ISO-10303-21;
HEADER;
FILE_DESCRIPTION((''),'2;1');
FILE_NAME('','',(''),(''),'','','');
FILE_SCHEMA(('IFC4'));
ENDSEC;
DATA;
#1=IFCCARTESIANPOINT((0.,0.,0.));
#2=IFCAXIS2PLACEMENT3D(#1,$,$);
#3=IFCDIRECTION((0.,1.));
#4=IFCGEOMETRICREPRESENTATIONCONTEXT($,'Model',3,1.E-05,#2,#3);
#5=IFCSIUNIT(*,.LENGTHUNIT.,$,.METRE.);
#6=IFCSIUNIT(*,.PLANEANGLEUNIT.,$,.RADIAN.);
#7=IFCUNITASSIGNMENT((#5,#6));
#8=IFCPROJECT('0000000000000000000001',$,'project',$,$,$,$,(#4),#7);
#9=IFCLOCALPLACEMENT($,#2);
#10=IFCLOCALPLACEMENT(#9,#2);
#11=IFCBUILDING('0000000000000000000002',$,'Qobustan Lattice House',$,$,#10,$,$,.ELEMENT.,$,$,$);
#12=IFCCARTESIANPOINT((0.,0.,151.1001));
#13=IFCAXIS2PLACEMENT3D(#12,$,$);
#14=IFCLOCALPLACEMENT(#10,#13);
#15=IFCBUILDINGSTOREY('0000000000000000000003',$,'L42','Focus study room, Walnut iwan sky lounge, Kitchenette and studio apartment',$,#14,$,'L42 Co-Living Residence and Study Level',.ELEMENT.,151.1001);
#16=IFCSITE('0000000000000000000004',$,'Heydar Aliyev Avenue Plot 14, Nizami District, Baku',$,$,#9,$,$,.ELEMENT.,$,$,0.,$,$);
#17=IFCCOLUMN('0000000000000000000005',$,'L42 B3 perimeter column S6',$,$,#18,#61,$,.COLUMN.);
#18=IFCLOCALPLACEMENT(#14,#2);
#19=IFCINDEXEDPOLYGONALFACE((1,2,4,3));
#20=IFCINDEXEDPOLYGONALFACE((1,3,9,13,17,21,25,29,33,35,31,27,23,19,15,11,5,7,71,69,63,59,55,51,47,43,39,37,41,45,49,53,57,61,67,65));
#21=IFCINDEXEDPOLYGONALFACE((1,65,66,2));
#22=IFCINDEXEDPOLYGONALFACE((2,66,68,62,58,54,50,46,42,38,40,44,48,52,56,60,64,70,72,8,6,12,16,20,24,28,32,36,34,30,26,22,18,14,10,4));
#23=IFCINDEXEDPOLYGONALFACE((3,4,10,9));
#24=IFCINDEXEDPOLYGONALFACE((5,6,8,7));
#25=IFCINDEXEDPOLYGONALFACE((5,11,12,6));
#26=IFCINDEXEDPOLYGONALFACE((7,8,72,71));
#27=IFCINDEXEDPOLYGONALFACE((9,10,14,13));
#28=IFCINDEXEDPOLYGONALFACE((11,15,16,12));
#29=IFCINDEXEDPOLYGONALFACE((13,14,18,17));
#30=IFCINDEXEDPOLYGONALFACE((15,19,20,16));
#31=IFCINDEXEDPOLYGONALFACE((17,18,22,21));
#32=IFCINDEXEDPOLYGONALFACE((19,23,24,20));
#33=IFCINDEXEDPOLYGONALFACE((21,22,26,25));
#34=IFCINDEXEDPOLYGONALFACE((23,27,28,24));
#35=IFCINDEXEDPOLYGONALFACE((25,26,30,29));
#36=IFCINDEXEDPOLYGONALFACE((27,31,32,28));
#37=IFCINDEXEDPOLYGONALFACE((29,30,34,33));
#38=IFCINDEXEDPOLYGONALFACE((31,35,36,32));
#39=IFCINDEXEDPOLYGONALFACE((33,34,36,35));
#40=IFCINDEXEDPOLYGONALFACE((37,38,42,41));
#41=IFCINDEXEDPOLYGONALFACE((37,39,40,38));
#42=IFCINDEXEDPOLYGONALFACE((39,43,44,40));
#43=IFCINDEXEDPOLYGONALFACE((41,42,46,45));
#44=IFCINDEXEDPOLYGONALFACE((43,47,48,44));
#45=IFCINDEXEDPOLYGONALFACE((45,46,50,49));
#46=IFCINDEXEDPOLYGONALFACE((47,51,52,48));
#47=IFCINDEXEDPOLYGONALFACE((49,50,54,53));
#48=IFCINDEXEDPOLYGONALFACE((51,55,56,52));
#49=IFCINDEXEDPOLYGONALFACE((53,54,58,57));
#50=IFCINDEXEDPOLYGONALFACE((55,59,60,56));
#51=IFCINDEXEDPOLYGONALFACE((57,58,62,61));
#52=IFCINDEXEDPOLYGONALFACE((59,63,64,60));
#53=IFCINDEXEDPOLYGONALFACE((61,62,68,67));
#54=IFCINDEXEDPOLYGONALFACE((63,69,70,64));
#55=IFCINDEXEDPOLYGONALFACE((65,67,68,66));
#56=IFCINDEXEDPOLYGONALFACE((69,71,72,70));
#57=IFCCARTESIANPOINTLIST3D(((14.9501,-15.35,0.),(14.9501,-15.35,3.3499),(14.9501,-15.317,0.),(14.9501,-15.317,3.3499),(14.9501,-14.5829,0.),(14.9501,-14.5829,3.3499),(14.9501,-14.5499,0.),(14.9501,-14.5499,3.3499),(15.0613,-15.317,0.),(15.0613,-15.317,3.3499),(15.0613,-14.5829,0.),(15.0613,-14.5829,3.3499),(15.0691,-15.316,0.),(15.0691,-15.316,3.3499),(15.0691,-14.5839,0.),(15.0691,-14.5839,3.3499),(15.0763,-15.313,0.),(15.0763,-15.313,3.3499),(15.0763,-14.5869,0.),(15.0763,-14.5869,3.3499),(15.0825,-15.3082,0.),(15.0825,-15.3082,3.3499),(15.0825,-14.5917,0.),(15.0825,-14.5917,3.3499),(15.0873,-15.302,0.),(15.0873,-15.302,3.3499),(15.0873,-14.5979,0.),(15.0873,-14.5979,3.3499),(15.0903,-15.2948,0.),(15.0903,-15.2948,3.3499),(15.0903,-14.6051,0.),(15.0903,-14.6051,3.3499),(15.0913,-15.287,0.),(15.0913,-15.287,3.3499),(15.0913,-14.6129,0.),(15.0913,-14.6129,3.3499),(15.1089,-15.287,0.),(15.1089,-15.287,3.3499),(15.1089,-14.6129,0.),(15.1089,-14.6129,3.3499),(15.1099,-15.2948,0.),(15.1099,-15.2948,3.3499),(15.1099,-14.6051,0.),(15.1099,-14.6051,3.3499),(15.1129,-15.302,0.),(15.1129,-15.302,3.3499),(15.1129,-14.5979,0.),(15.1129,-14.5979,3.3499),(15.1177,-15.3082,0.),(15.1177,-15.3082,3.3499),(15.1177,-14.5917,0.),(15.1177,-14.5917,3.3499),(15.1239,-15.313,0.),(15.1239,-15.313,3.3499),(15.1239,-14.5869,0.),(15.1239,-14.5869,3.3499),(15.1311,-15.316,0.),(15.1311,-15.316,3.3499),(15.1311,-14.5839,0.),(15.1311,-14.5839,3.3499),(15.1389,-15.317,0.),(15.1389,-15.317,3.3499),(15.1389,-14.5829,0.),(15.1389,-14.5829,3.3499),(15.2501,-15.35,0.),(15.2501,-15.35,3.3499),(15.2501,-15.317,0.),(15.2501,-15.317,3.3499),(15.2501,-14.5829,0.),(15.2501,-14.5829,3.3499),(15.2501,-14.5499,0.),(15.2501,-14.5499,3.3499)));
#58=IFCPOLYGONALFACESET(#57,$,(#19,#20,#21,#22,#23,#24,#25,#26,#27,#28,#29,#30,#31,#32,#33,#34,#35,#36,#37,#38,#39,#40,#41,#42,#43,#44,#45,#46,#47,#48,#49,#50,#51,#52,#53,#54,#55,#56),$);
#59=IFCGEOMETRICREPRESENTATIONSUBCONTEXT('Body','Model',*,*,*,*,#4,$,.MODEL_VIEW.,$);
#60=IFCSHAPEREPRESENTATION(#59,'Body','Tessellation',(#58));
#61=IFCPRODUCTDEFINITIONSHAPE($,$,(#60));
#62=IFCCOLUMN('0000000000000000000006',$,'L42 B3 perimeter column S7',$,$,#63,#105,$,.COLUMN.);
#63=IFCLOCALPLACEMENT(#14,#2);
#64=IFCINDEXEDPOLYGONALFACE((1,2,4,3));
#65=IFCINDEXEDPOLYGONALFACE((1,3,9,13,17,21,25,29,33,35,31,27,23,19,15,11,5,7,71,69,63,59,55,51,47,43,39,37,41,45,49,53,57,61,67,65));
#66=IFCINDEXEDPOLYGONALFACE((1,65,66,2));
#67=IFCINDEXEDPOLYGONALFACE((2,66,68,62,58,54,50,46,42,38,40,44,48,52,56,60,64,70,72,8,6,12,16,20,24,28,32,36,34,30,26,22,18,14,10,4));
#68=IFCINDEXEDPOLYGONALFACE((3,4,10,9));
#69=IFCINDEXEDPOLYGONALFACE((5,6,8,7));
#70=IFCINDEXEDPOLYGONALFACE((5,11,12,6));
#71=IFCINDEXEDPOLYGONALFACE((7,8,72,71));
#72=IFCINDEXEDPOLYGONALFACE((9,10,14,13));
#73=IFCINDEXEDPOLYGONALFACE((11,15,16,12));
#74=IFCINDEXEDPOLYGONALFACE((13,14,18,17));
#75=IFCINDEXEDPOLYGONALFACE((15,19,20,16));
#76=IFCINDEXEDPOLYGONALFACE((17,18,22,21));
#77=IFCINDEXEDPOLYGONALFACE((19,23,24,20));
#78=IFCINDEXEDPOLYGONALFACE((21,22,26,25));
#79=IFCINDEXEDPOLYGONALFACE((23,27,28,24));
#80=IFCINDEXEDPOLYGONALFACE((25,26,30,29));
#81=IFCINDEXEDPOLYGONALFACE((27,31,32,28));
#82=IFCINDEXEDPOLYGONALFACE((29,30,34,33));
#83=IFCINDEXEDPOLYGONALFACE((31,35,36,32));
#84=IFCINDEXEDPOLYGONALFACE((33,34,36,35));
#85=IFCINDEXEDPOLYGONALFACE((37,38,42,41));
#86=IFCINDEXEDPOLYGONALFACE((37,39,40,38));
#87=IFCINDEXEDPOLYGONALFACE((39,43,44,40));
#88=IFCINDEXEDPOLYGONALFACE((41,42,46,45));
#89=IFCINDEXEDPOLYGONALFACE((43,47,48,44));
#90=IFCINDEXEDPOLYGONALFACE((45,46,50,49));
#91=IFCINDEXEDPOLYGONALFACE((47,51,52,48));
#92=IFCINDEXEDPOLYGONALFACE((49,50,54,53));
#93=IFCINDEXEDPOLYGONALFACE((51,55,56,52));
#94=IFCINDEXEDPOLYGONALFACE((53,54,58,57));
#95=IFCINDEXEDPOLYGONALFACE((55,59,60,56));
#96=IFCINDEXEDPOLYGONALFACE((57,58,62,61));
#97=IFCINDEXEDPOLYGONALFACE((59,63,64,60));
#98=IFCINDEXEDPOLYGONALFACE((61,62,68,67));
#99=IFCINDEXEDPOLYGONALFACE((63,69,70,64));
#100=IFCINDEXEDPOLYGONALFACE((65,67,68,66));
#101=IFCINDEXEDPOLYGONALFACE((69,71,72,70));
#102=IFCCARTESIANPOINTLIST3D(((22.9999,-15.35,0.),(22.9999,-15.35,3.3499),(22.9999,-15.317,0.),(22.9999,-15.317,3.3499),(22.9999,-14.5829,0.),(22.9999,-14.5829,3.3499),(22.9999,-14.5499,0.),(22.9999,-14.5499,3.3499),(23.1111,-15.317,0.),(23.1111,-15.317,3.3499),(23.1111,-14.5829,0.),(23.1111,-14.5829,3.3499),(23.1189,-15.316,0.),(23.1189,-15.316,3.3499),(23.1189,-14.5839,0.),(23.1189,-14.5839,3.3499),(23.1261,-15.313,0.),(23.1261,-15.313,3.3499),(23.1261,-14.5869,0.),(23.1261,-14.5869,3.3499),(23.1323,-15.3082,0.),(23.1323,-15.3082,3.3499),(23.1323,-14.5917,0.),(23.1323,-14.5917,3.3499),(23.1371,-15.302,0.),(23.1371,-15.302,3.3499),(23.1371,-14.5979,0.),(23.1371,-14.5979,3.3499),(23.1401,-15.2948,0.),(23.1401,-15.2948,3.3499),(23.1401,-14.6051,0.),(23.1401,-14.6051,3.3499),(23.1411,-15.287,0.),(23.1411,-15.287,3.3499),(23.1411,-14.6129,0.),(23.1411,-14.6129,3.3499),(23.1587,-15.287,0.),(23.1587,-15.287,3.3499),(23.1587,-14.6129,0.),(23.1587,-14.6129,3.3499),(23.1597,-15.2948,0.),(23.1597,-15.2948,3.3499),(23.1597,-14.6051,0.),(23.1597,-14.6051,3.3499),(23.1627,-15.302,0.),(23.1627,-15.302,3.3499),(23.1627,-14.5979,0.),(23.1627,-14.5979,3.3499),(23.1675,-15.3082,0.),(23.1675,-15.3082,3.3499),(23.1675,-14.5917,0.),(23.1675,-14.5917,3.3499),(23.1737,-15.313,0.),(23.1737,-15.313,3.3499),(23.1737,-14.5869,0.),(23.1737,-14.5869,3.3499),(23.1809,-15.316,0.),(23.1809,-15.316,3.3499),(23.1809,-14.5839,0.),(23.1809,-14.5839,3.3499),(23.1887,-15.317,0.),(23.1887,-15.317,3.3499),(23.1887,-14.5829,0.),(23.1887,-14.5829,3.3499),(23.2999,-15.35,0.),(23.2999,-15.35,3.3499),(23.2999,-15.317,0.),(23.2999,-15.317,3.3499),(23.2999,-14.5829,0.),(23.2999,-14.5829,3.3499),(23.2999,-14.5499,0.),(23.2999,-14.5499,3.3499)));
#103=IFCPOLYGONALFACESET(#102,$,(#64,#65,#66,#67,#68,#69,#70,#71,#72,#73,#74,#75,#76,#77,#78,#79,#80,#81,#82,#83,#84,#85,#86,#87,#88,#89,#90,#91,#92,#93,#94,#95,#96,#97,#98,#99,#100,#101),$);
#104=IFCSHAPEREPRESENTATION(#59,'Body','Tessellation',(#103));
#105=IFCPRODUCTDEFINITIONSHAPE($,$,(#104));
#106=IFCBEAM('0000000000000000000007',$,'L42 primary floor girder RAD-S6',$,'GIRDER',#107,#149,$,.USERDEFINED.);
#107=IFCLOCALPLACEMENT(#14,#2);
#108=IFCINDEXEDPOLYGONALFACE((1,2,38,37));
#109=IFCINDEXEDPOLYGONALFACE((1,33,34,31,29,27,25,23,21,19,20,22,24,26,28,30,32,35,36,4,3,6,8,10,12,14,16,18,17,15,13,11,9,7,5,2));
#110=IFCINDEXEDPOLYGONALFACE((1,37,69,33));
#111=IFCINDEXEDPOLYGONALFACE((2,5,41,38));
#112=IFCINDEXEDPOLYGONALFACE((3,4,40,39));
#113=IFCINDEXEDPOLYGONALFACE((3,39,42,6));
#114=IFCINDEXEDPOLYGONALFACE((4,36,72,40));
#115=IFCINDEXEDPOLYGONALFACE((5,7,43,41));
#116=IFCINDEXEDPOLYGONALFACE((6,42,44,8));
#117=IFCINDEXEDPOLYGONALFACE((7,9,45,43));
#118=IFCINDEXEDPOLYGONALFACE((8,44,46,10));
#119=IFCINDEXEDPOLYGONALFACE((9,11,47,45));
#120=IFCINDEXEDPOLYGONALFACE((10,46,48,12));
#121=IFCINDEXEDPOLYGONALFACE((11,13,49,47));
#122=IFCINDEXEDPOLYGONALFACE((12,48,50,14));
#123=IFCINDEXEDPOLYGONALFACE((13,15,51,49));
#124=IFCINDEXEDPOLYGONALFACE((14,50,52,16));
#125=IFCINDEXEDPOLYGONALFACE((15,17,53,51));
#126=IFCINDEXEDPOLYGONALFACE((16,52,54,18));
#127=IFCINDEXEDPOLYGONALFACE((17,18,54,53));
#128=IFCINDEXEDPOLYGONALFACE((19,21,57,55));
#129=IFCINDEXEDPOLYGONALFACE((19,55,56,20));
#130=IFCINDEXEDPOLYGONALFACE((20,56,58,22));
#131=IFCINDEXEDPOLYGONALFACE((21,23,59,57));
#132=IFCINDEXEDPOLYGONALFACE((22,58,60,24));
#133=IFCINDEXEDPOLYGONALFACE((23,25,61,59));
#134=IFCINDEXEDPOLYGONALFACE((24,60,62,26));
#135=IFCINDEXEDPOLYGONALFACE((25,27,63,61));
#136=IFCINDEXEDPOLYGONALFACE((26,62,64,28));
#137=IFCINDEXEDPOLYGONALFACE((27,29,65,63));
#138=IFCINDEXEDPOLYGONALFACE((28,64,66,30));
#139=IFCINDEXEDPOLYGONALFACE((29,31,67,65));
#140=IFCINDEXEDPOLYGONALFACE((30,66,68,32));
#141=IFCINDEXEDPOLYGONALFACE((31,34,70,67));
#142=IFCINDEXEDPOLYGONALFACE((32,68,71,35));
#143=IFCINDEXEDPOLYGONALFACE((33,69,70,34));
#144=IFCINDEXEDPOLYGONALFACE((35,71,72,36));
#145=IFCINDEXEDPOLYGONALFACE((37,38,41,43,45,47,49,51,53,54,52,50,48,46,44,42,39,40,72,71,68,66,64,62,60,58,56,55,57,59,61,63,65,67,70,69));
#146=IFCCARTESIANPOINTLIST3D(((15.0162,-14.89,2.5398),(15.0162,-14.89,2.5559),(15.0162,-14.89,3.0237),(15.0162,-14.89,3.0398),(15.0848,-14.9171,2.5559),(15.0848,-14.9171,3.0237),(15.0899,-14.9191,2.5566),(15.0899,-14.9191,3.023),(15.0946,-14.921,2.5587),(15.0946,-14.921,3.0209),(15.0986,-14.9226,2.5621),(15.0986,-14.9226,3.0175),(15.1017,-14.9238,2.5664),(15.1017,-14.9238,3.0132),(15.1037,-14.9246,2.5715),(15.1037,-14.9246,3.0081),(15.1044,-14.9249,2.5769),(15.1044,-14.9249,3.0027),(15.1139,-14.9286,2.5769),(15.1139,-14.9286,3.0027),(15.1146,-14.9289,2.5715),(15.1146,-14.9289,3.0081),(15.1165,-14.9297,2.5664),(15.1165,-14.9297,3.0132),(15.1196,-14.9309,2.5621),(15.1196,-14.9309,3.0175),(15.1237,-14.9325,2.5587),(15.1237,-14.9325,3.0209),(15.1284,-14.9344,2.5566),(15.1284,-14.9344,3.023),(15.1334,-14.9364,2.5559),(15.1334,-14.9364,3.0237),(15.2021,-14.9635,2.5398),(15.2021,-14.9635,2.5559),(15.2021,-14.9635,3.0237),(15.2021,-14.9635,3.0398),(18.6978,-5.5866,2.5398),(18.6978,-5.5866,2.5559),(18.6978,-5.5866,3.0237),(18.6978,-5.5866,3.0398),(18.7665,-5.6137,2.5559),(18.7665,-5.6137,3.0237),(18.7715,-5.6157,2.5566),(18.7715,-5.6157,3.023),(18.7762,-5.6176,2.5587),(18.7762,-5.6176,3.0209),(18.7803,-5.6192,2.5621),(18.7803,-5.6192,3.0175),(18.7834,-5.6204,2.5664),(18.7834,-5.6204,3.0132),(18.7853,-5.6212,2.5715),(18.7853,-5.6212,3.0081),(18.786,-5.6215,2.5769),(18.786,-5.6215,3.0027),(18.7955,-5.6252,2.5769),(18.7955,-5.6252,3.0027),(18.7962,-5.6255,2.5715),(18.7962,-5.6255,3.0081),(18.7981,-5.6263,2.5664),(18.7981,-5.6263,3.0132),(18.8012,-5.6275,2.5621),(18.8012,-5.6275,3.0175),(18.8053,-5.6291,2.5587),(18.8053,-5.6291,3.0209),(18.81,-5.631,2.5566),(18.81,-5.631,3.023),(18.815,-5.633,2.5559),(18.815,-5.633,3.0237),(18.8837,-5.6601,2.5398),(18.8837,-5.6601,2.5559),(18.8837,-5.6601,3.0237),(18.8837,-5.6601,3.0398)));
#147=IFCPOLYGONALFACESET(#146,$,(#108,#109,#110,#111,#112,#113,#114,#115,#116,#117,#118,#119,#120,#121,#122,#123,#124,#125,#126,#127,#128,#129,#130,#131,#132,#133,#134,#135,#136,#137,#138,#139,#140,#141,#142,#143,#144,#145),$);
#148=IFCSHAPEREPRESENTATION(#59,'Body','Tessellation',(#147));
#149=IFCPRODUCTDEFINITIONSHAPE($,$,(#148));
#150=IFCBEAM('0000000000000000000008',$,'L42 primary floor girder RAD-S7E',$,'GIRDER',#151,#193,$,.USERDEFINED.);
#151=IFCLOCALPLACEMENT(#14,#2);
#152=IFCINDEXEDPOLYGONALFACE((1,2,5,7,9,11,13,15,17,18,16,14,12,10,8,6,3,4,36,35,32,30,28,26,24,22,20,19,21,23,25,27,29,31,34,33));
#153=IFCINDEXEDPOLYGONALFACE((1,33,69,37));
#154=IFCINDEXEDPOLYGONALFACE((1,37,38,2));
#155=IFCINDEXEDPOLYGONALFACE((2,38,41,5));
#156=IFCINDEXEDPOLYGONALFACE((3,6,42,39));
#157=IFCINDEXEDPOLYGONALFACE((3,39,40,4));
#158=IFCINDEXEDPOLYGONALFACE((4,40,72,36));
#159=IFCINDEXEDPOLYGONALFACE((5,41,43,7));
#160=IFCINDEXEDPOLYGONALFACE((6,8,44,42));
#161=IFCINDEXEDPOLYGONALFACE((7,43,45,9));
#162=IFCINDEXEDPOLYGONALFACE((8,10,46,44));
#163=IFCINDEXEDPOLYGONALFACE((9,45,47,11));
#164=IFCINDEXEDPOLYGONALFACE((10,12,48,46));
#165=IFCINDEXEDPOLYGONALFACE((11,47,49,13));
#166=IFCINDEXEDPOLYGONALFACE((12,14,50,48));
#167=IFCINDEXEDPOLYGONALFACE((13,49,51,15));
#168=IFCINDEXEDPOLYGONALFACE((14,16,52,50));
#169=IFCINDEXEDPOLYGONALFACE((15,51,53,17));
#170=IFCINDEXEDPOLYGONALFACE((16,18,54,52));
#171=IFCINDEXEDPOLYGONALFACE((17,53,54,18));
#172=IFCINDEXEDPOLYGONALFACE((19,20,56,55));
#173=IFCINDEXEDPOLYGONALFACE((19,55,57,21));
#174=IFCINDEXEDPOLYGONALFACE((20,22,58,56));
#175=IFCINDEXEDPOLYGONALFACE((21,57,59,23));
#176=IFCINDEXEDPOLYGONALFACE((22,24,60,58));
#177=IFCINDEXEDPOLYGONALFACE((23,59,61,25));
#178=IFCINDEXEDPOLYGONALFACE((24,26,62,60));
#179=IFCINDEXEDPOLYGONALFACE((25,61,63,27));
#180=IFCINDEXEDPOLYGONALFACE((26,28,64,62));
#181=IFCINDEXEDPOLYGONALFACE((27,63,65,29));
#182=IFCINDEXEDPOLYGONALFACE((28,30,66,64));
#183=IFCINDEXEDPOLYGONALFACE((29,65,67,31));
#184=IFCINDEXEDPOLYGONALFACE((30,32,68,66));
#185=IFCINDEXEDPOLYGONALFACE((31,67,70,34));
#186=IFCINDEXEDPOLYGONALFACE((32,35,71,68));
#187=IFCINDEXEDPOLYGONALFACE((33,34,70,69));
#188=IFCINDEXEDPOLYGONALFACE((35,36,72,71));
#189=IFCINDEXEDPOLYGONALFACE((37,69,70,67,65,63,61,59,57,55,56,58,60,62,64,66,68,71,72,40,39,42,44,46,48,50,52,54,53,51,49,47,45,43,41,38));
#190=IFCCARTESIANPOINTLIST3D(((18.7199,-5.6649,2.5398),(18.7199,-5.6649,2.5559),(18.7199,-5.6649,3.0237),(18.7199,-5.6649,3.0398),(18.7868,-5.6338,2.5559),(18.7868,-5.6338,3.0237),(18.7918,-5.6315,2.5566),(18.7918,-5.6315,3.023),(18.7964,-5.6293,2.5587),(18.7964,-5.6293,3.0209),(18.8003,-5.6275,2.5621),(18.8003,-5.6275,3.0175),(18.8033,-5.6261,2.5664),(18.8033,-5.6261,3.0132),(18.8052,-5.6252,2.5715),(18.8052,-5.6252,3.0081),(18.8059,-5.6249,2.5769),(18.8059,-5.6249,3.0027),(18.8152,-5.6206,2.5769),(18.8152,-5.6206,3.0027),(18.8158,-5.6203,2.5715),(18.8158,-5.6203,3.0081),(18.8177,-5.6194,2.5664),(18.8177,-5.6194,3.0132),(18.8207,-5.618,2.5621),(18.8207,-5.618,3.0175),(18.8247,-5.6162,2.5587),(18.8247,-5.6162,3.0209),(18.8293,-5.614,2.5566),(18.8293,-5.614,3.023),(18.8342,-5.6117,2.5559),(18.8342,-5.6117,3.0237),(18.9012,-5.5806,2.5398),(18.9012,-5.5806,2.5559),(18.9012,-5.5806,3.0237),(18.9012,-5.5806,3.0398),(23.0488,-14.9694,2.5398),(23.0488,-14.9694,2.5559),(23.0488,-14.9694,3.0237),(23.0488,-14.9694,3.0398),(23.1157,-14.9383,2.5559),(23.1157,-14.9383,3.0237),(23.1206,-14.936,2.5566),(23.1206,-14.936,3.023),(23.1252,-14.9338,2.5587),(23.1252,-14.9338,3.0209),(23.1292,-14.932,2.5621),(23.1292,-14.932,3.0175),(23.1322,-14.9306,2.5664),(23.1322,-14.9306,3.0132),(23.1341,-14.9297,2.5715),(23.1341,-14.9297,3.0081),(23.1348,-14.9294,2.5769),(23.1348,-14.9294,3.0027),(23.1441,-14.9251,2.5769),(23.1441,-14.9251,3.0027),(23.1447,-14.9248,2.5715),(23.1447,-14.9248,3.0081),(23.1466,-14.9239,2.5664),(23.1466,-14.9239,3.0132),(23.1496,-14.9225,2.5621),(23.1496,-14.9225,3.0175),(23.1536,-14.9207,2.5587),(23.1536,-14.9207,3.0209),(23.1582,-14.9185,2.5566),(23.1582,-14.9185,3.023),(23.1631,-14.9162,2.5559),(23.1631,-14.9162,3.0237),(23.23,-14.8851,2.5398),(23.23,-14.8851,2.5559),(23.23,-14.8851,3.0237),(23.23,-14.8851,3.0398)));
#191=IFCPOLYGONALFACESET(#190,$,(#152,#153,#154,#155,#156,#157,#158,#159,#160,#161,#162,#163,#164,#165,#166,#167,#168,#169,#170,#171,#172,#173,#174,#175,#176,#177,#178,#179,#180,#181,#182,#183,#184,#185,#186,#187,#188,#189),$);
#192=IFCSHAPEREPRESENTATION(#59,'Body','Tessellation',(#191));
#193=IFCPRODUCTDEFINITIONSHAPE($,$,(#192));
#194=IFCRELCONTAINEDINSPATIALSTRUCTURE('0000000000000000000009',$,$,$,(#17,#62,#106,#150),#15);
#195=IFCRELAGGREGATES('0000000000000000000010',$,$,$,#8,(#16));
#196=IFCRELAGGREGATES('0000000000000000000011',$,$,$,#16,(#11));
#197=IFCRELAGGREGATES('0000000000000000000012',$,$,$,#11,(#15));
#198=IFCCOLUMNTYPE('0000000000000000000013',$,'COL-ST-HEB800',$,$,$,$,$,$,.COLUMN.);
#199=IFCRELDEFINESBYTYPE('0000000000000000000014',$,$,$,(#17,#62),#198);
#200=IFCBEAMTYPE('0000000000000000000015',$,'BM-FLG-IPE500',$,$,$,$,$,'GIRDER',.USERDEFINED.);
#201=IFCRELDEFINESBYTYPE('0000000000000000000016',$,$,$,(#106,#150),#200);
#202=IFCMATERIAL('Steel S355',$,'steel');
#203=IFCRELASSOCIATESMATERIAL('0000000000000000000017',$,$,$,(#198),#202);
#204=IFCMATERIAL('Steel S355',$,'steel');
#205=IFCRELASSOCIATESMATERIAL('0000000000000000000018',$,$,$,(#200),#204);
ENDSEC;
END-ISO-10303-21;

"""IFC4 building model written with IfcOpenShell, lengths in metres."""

from ifc_helpers import new_model, si_unit, direction, frame, origin, origin_2d, place, context, subcontext, project, spatial, i_section, extrude, material, material_profile, profile_set, type_object, element, save


model = new_model("IFC4")

# Units and contexts
model_context = context("Model", 3, precision=1e-05, world=origin(), true_north=direction((0.0, 1.0)))
body_context = subcontext(model_context, "Body", "Model", "MODEL_VIEW")
ifc_project = project(units=[si_unit("LENGTHUNIT", "METRE"), si_unit("PLANEANGLEUNIT", "RADIAN")], contexts=[model_context])

# Site, building, storey
site_placement = place(None, origin())
site = spatial("IfcSite", under=ifc_project, at=site_placement, Name="Heydar Aliyev Avenue Plot 14, Nizami District, Baku", CompositionType="ELEMENT", RefElevation=0.0)
building_placement = place(site_placement, origin())
building = spatial("IfcBuilding", under=site, at=building_placement, Name="Qobustan Lattice House", CompositionType="ELEMENT")
storey_placement = place(building_placement, frame((0.0, 0.0, 151.1001)))
storey = spatial("IfcBuildingStorey", under=building, at=storey_placement, Name="L42", Description="Focus study room, Walnut iwan sky lounge, Kitchenette and studio apartment", LongName="L42 Co-Living Residence and Study Level", CompositionType="ELEMENT", Elevation=151.1001)

# Columns
ifc_material_1 = material(Name="Steel S355", Category="steel")
ifc_material_profile_1 = material_profile(ifc_material_1, i_section(OverallWidth=0.3, OverallDepth=0.8, WebThickness=0.0176, FlangeThickness=0.033, FilletRadius=0.03, at=origin_2d()), Name="HEB800")
ifc_profile_set_1 = profile_set([ifc_material_profile_1], Name="Steel S355")
column_type = type_object("IfcColumnType", Name="COL-ST-HEB800", PredefinedType="COLUMN", material=ifc_profile_set_1)
for number, where, z_axis, x_axis, name in (
    (1, (15.1001, -14.95, 0.0), (0.0, 0.0, 1.0), (1.0, 0.0, 0.0), "L42 B3 perimeter column S6"),
    (2, (23.1499, -14.95, 0.0), (0.0, 0.0, 1.0), (1.0, 0.0, 0.0), "L42 B3 perimeter column S7"),
):
    element("IfcColumn", number, at=place(storey_placement, frame(where, z_axis=z_axis, x_axis=x_axis)), inside=storey, type_object=column_type, Name=name, PredefinedType="COLUMN", context=body_context, shape_type="SweptSolid", body=[
        extrude(i_section(OverallWidth=0.3, OverallDepth=0.8, WebThickness=0.0176, FlangeThickness=0.033, FilletRadius=0.03, at=origin_2d()), origin(), (0.0, 0.0, 1.0), 3.3499),
    ])

# Beams
ifc_material_2 = material(Name="Steel S355", Category="steel")
ifc_material_profile_2 = material_profile(ifc_material_2, i_section(OverallWidth=0.2, OverallDepth=0.5, WebThickness=0.0103, FlangeThickness=0.0161, FilletRadius=0.021, at=origin_2d()), Name="IPE500")
ifc_profile_set_2 = profile_set([ifc_material_profile_2], Name="Steel S355")
beam_type_1 = type_object("IfcBeamType", Name="BM-FLG-IPE500", ElementType="GIRDER", PredefinedType="USERDEFINED", material=ifc_profile_set_2)
beam_1_placement = place(storey_placement, frame((15.1091, -14.9268, 2.7898), z_axis=(0.367964, 0.92984, 0.0), x_axis=(-0.92984, 0.367964, 0.0)))
element("IfcBeam", 3, at=beam_1_placement, inside=storey, type_object=beam_type_1, Name="L42 primary floor girder RAD-S6", ObjectType="GIRDER", PredefinedType="USERDEFINED", context=body_context, shape_type="SweptSolid", body=[
    extrude(i_section(OverallWidth=0.2, OverallDepth=0.5, WebThickness=0.0103, FlangeThickness=0.0161, FilletRadius=0.021, at=origin_2d()), origin(), (0.0, 0.0, 1.0), 10.0054),
])
beam_2_placement = place(storey_placement, frame((23.1394, -14.9272, 2.7898), z_axis=(-0.421828, 0.906676, 0.0), x_axis=(-0.906676, -0.421828, 0.0)))
element("IfcBeam", 4, at=beam_2_placement, inside=storey, type_object=beam_type_1, Name="L42 primary floor girder RAD-S7E", ObjectType="GIRDER", PredefinedType="USERDEFINED", context=body_context, shape_type="SweptSolid", body=[
    extrude(i_section(OverallWidth=0.2, OverallDepth=0.5, WebThickness=0.0103, FlangeThickness=0.0161, FilletRadius=0.021, at=origin_2d()), origin(), (0.0, 0.0, 1.0), 10.2622),
])

save(model, "model.ifc")
